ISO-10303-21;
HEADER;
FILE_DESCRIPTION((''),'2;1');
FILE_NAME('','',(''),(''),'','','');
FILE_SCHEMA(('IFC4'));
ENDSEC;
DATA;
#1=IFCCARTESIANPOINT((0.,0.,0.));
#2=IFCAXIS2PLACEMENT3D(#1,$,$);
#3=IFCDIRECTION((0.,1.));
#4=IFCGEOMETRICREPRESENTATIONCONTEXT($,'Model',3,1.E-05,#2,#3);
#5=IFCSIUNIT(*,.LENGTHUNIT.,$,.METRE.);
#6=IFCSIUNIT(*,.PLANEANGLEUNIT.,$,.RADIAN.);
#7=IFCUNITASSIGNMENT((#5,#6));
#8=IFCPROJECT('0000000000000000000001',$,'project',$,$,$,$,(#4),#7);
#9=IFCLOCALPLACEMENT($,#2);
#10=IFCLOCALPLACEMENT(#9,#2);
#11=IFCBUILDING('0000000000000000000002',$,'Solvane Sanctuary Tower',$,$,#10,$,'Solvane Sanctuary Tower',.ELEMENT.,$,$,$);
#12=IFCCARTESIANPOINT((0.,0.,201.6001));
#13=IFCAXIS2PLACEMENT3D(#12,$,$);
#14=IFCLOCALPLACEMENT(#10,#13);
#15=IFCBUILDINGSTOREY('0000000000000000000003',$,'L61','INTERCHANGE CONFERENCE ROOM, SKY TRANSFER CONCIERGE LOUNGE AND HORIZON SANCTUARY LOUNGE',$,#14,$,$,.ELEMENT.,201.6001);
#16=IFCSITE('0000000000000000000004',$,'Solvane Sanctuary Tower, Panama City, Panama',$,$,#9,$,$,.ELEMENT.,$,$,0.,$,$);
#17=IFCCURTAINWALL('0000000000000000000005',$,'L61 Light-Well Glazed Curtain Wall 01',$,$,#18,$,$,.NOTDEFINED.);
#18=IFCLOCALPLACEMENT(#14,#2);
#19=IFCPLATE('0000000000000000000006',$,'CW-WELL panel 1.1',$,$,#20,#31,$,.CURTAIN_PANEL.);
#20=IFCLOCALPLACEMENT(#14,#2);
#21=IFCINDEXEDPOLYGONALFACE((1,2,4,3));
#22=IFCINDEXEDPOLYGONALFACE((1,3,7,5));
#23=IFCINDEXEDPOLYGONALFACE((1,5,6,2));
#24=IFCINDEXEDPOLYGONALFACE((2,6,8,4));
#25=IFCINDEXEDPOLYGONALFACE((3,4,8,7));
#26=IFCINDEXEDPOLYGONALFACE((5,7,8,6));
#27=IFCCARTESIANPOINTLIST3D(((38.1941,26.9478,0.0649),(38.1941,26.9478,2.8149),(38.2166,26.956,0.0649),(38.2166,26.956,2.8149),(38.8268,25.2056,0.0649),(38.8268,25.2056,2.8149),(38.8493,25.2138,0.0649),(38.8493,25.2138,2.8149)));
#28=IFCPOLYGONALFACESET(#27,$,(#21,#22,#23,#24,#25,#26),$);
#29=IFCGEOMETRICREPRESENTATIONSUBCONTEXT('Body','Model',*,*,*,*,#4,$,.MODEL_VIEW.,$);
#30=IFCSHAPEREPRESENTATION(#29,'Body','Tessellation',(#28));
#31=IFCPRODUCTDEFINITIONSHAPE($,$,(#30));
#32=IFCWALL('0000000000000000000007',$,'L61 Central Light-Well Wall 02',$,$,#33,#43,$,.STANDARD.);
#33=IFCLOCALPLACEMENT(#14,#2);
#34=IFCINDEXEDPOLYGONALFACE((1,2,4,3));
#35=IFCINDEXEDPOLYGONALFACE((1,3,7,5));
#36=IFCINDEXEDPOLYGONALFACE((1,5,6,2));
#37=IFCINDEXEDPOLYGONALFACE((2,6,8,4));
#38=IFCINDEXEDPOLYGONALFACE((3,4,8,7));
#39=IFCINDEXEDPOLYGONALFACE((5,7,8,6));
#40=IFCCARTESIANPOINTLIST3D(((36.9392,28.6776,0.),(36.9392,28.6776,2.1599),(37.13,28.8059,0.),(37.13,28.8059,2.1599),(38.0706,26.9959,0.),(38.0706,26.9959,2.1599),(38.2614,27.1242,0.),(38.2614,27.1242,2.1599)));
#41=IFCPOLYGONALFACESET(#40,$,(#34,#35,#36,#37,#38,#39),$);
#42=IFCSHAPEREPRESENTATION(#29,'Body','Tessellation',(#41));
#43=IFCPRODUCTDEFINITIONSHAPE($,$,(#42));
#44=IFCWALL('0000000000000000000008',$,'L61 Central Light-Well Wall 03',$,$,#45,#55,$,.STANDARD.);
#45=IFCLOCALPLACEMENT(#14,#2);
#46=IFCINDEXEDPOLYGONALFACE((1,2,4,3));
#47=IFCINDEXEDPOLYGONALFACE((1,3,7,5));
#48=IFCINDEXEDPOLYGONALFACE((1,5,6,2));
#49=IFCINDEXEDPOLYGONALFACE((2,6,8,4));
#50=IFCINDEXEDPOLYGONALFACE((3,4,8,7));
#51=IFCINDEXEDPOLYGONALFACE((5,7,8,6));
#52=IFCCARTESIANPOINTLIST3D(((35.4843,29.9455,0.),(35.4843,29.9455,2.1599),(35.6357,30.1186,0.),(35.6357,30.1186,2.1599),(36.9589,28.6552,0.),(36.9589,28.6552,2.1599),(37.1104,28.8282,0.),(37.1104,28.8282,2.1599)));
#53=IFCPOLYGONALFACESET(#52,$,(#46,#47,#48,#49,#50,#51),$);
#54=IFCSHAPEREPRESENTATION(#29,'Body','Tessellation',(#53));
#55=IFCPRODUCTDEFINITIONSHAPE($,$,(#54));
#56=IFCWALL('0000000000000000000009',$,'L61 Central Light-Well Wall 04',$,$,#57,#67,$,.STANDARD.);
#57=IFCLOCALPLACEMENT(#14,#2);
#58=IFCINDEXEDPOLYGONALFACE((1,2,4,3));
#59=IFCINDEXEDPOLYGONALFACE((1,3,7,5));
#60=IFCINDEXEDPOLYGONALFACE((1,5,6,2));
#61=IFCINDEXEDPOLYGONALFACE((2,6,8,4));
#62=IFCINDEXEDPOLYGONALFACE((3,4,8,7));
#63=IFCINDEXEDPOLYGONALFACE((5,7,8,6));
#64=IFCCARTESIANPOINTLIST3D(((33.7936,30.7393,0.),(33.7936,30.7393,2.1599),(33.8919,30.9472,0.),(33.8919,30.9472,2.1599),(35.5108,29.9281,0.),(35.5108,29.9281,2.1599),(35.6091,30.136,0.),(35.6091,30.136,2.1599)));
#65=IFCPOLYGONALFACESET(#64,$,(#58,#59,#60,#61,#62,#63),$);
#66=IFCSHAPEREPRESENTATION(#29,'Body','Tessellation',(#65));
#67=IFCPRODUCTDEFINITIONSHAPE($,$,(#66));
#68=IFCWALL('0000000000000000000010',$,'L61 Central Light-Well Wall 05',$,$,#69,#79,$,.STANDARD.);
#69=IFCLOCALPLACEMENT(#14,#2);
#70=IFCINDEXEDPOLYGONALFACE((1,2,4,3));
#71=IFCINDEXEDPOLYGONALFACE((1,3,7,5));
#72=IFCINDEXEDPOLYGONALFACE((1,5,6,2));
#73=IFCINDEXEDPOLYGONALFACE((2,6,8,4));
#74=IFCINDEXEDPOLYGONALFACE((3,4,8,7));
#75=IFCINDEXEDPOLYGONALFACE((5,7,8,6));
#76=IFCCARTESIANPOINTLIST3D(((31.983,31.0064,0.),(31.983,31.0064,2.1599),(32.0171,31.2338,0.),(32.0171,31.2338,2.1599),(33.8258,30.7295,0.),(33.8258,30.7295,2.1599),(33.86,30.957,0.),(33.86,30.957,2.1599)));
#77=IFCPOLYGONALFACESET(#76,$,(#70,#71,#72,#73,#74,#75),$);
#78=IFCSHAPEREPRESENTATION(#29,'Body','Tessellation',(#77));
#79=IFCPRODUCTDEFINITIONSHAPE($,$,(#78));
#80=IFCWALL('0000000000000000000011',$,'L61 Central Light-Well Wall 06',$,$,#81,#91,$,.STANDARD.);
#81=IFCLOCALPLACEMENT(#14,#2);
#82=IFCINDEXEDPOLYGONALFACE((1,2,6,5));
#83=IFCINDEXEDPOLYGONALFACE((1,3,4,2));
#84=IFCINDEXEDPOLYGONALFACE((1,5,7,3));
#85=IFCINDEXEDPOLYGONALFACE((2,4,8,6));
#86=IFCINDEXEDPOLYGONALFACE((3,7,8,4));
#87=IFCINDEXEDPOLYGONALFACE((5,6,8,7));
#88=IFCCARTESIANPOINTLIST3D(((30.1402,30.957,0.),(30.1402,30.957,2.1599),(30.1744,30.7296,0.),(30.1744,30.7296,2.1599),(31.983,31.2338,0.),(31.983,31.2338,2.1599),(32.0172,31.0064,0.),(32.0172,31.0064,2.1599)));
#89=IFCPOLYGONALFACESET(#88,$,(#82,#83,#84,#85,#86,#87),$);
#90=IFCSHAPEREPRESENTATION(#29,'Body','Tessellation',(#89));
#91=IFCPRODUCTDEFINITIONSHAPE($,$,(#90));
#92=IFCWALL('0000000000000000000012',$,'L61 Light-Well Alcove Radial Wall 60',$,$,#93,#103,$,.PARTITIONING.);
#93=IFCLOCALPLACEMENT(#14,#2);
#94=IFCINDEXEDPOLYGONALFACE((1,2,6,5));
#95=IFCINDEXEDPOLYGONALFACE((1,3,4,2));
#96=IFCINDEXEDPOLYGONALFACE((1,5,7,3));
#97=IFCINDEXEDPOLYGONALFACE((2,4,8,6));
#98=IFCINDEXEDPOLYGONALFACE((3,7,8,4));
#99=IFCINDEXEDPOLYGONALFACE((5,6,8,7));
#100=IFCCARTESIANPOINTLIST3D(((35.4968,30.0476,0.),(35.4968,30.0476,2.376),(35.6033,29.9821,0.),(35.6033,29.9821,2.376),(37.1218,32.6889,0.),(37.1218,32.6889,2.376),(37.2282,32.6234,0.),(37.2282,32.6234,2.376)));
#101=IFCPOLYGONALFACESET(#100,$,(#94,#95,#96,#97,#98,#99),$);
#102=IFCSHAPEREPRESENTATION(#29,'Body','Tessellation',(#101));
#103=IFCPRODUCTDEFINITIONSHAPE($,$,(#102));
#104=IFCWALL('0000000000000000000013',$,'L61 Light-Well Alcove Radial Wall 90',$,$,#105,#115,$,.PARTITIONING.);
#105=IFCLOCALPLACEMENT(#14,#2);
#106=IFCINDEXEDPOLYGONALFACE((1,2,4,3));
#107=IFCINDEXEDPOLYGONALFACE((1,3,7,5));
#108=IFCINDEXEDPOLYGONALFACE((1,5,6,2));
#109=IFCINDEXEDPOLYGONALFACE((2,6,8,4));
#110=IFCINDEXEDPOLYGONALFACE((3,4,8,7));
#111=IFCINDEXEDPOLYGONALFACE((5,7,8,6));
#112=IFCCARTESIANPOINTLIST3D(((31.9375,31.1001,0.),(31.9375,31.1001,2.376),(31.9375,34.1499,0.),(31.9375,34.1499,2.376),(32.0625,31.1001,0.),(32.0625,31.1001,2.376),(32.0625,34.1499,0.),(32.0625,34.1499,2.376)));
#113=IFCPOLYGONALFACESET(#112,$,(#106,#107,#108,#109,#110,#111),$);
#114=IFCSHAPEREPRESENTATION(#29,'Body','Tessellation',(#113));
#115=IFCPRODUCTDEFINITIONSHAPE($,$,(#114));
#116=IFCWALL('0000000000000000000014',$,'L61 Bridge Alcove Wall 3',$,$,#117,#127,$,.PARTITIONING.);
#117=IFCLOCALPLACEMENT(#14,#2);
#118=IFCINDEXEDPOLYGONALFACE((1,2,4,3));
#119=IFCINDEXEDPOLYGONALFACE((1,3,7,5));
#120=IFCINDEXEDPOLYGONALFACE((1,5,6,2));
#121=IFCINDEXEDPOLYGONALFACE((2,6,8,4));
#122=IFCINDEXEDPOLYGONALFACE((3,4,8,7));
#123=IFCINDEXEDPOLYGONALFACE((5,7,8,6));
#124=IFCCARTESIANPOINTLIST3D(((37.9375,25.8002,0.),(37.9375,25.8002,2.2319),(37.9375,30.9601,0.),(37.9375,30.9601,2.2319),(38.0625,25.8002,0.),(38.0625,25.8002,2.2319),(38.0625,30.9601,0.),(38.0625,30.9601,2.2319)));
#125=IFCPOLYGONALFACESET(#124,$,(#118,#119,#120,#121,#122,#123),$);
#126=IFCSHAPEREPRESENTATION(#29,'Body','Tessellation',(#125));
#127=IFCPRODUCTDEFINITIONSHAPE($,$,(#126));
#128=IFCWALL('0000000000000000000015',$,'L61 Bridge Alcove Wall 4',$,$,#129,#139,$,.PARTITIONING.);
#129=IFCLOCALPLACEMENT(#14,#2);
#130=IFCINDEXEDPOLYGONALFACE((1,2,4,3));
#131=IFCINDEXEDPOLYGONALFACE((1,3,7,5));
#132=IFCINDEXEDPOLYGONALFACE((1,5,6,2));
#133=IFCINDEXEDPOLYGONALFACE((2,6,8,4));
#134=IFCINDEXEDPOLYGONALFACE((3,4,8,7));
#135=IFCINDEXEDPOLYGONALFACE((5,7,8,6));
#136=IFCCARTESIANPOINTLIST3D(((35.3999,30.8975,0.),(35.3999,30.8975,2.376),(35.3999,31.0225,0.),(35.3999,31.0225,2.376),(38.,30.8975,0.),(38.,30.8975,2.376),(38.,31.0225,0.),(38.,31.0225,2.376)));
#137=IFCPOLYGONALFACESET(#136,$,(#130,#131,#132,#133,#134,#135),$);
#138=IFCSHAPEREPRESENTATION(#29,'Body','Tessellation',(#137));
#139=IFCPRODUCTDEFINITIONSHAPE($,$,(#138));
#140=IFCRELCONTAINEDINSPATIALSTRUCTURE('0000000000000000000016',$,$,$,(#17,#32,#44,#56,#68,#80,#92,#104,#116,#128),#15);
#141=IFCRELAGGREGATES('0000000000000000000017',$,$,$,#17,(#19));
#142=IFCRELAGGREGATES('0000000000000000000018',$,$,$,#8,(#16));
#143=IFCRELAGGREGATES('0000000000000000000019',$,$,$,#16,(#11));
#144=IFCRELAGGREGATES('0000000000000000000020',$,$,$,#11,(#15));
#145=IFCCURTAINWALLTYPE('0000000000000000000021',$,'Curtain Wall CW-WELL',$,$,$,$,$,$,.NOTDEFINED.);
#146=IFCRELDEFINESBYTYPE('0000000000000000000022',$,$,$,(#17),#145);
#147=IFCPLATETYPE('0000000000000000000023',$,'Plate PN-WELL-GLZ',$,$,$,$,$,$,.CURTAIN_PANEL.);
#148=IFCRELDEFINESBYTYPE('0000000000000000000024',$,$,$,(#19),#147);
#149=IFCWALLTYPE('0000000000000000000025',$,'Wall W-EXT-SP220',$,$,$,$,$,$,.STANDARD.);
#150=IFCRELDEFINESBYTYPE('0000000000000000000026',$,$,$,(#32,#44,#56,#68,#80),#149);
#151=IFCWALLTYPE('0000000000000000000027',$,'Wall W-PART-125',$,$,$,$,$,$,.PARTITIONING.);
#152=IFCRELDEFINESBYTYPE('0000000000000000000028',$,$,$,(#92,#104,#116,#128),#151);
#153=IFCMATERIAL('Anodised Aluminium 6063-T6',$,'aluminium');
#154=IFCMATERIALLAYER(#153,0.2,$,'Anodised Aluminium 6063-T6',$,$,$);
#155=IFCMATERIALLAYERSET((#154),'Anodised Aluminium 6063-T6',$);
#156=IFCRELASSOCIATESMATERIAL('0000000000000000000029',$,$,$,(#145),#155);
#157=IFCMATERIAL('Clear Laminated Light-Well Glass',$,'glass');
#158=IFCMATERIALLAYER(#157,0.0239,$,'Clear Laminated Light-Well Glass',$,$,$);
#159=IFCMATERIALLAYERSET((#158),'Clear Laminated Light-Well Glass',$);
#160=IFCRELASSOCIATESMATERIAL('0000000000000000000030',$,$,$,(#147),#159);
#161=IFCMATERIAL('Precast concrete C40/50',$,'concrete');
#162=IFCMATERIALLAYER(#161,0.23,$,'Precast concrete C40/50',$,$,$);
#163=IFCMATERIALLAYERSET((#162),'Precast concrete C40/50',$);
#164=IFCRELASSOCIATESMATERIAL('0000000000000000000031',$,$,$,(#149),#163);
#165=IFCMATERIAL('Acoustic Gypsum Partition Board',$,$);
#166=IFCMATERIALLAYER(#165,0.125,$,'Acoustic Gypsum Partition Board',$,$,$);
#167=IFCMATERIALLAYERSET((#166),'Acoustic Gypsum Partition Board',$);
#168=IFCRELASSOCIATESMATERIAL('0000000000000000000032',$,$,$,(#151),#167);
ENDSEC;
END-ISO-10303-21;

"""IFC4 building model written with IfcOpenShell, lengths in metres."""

from ifc_helpers import new_model, si_unit, direction, frame, frame_2d, origin, origin_2d, place, context, subcontext, project, spatial, rectangle, extrude, material, layer, layer_set, type_object, element, aggregate, save


model = new_model("IFC4")

# Units and contexts
model_context = context("Model", 3, precision=1e-05, world=origin(), true_north=direction((0.0, 1.0)))
body_context = subcontext(model_context, "Body", "Model", "MODEL_VIEW")
ifc_project = project(units=[si_unit("LENGTHUNIT", "METRE"), si_unit("PLANEANGLEUNIT", "RADIAN")], contexts=[model_context])

# Site, building, storey
site_placement = place(None, origin())
site = spatial("IfcSite", under=ifc_project, at=site_placement, Name="Solvane Sanctuary Tower, Panama City, Panama", CompositionType="ELEMENT", RefElevation=0.0)
building_placement = place(site_placement, origin())
building = spatial("IfcBuilding", under=site, at=building_placement, Name="Solvane Sanctuary Tower", LongName="Solvane Sanctuary Tower", CompositionType="ELEMENT")
storey_placement = place(building_placement, frame((0.0, 0.0, 201.6001)))
storey = spatial("IfcBuildingStorey", under=building, at=storey_placement, Name="L61", Description="INTERCHANGE CONFERENCE ROOM, SKY TRANSFER CONCIERGE LOUNGE AND HORIZON SANCTUARY LOUNGE", CompositionType="ELEMENT", Elevation=201.6001)

# Curtain wall, plate
ifc_material_1 = material(Name="Anodised Aluminium 6063-T6", Category="aluminium")
ifc_layer_1 = layer(ifc_material_1, 0.2, Name="Anodised Aluminium 6063-T6")
ifc_layer_set_1 = layer_set([ifc_layer_1], Name="Anodised Aluminium 6063-T6")
curtain_wall_type = type_object("IfcCurtainWallType", Name="Curtain Wall CW-WELL", PredefinedType="NOTDEFINED", material=ifc_layer_set_1)
curtain_wall_placement = place(storey_placement, origin())
curtain_wall = element("IfcCurtainWall", 1, at=curtain_wall_placement, inside=storey, type_object=curtain_wall_type, Name="L61 Light-Well Glazed Curtain Wall 01", PredefinedType="NOTDEFINED")
ifc_material_2 = material(Name="Clear Laminated Light-Well Glass", Category="glass")
ifc_layer_2 = layer(ifc_material_2, 0.0239, Name="Clear Laminated Light-Well Glass")
ifc_layer_set_2 = layer_set([ifc_layer_2], Name="Clear Laminated Light-Well Glass")
plate_type = type_object("IfcPlateType", Name="Plate PN-WELL-GLZ", PredefinedType="CURTAIN_PANEL", material=ifc_layer_set_2)
plate_placement = place(storey_placement, frame((38.5217, 26.0808, 0.0649), z_axis=(0.0, 0.0, 1.0), x_axis=(-0.341358, 0.939933, 0.0)))
plate = element("IfcPlate", 2, at=plate_placement, type_object=plate_type, Name="CW-WELL panel 1.1", PredefinedType="CURTAIN_PANEL", context=body_context, shape_type="SweptSolid", body=[
    extrude(rectangle(XDim=1.8535, YDim=0.0239, at=origin_2d()), origin(), (0.0, 0.0, 1.0), 2.75),
])
aggregate(curtain_wall, [plate])

# Walls
ifc_material_3 = material(Name="Precast concrete C40/50", Category="concrete")
ifc_layer_3 = layer(ifc_material_3, 0.23, Name="Precast concrete C40/50")
ifc_layer_set_3 = layer_set([ifc_layer_3], Name="Precast concrete C40/50")
wall_type_1 = type_object("IfcWallType", Name="Wall W-EXT-SP220", PredefinedType="STANDARD", material=ifc_layer_set_3)
wall_1_placement = place(storey_placement, frame((38.166, 27.0601, 0.0), z_axis=(0.0, 0.0, 1.0), x_axis=(-0.558198, 0.829708, 0.0)))
element("IfcWall", 3, at=wall_1_placement, inside=storey, type_object=wall_type_1, Name="L61 Central Light-Well Wall 02", PredefinedType="STANDARD", context=body_context, shape_type="SweptSolid", body=[
    extrude(rectangle(XDim=2.0269, YDim=0.23, at=frame_2d((1.0134, 0.0))), origin(), (0.0, 0.0, 1.0), 2.1599),
])
wall_2_placement = place(storey_placement, frame((37.0347, 28.7417, 0.0), z_axis=(0.0, 0.0, 1.0), x_axis=(-0.752577, 0.658505, 0.0)))
element("IfcWall", 4, at=wall_2_placement, inside=storey, type_object=wall_type_1, Name="L61 Central Light-Well Wall 03", PredefinedType="STANDARD", context=body_context, shape_type="SweptSolid", body=[
    extrude(rectangle(XDim=1.9595, YDim=0.23, at=frame_2d((0.9797, 0.0))), origin(), (0.0, 0.0, 1.0), 2.1599),
])
wall_3_placement = place(storey_placement, frame((35.5601, 30.032, 0.0), z_axis=(0.0, 0.0, 1.0), x_axis=(-0.90418, 0.427152, 0.0)))
element("IfcWall", 5, at=wall_3_placement, inside=storey, type_object=wall_type_1, Name="L61 Central Light-Well Wall 04", PredefinedType="STANDARD", context=body_context, shape_type="SweptSolid", body=[
    extrude(rectangle(XDim=1.8992, YDim=0.23, at=frame_2d((0.9497, 0.0))), origin(), (0.0, 0.0, 1.0), 2.1599),
])
for number, where, z_axis, x_axis, name in (
    (6, (33.8428, 30.8433, 0.0), (0.0, 0.0, 1.0), (-0.988902, 0.148571, 0.0), "L61 Central Light-Well Wall 05"),
    (7, (32.0, 31.1201, 0.0), (0.0, 0.0, 1.0), (-0.988902, -0.148571, 0.0), "L61 Central Light-Well Wall 06"),
):
    element("IfcWall", number, at=place(storey_placement, frame(where, z_axis=z_axis, x_axis=x_axis)), inside=storey, type_object=wall_type_1, Name=name, PredefinedType="STANDARD", context=body_context, shape_type="SweptSolid", body=[
        extrude(rectangle(XDim=1.8635, YDim=0.23, at=frame_2d((0.9316, 0.0))), origin(), (0.0, 0.0, 1.0), 2.1599),
    ])
ifc_material_4 = material(Name="Acoustic Gypsum Partition Board")
ifc_layer_4 = layer(ifc_material_4, 0.125, Name="Acoustic Gypsum Partition Board")
ifc_layer_set_4 = layer_set([ifc_layer_4], Name="Acoustic Gypsum Partition Board")
wall_type_2 = type_object("IfcWallType", Name="Wall W-PART-125", PredefinedType="PARTITIONING", material=ifc_layer_set_4)
wall_4_placement = place(storey_placement, frame((35.55, 30.0149, 0.0), z_axis=(0.0, 0.0, 1.0), x_axis=(0.523992, 0.851723, 0.0)))
element("IfcWall", 8, at=wall_4_placement, inside=storey, type_object=wall_type_2, Name="L61 Light-Well Alcove Radial Wall 60", PredefinedType="PARTITIONING", context=body_context, shape_type="SweptSolid", body=[
    extrude(rectangle(XDim=3.1011, YDim=0.125, at=frame_2d((1.5505, 0.0))), origin(), (0.0, 0.0, 1.0), 2.376),
])
wall_5_placement = place(storey_placement, frame((32.0, 31.1001, 0.0), z_axis=(0.0, 0.0, 1.0), x_axis=(0.0, 1.0, 0.0)))
element("IfcWall", 9, at=wall_5_placement, inside=storey, type_object=wall_type_2, Name="L61 Light-Well Alcove Radial Wall 90", PredefinedType="PARTITIONING", context=body_context, shape_type="SweptSolid", body=[
    extrude(rectangle(XDim=3.0498, YDim=0.125, at=frame_2d((1.5249, 0.0))), origin(), (0.0, 0.0, 1.0), 2.376),
])
wall_6_placement = place(storey_placement, frame((38.0, 25.8, 0.0), z_axis=(0.0, 0.0, 1.0), x_axis=(0.0, 1.0, 0.0)))
element("IfcWall", 10, at=wall_6_placement, inside=storey, type_object=wall_type_2, Name="L61 Bridge Alcove Wall 3", PredefinedType="PARTITIONING", context=body_context, shape_type="SweptSolid", body=[
    extrude(rectangle(XDim=5.1599, YDim=0.125, at=frame_2d((2.5801, 0.0))), origin(), (0.0, 0.0, 1.0), 2.2319),
])
wall_7_placement = place(storey_placement, frame((35.3999, 30.96, 0.0), z_axis=(0.0, 0.0, 1.0), x_axis=(1.0, 0.0, 0.0)))
element("IfcWall", 11, at=wall_7_placement, inside=storey, type_object=wall_type_2, Name="L61 Bridge Alcove Wall 4", PredefinedType="PARTITIONING", context=body_context, shape_type="SweptSolid", body=[
    extrude(rectangle(XDim=2.6001, YDim=0.125, at=frame_2d((1.3, 0.0))), origin(), (0.0, 0.0, 1.0), 2.376),
])

save(model, "model.ifc")
